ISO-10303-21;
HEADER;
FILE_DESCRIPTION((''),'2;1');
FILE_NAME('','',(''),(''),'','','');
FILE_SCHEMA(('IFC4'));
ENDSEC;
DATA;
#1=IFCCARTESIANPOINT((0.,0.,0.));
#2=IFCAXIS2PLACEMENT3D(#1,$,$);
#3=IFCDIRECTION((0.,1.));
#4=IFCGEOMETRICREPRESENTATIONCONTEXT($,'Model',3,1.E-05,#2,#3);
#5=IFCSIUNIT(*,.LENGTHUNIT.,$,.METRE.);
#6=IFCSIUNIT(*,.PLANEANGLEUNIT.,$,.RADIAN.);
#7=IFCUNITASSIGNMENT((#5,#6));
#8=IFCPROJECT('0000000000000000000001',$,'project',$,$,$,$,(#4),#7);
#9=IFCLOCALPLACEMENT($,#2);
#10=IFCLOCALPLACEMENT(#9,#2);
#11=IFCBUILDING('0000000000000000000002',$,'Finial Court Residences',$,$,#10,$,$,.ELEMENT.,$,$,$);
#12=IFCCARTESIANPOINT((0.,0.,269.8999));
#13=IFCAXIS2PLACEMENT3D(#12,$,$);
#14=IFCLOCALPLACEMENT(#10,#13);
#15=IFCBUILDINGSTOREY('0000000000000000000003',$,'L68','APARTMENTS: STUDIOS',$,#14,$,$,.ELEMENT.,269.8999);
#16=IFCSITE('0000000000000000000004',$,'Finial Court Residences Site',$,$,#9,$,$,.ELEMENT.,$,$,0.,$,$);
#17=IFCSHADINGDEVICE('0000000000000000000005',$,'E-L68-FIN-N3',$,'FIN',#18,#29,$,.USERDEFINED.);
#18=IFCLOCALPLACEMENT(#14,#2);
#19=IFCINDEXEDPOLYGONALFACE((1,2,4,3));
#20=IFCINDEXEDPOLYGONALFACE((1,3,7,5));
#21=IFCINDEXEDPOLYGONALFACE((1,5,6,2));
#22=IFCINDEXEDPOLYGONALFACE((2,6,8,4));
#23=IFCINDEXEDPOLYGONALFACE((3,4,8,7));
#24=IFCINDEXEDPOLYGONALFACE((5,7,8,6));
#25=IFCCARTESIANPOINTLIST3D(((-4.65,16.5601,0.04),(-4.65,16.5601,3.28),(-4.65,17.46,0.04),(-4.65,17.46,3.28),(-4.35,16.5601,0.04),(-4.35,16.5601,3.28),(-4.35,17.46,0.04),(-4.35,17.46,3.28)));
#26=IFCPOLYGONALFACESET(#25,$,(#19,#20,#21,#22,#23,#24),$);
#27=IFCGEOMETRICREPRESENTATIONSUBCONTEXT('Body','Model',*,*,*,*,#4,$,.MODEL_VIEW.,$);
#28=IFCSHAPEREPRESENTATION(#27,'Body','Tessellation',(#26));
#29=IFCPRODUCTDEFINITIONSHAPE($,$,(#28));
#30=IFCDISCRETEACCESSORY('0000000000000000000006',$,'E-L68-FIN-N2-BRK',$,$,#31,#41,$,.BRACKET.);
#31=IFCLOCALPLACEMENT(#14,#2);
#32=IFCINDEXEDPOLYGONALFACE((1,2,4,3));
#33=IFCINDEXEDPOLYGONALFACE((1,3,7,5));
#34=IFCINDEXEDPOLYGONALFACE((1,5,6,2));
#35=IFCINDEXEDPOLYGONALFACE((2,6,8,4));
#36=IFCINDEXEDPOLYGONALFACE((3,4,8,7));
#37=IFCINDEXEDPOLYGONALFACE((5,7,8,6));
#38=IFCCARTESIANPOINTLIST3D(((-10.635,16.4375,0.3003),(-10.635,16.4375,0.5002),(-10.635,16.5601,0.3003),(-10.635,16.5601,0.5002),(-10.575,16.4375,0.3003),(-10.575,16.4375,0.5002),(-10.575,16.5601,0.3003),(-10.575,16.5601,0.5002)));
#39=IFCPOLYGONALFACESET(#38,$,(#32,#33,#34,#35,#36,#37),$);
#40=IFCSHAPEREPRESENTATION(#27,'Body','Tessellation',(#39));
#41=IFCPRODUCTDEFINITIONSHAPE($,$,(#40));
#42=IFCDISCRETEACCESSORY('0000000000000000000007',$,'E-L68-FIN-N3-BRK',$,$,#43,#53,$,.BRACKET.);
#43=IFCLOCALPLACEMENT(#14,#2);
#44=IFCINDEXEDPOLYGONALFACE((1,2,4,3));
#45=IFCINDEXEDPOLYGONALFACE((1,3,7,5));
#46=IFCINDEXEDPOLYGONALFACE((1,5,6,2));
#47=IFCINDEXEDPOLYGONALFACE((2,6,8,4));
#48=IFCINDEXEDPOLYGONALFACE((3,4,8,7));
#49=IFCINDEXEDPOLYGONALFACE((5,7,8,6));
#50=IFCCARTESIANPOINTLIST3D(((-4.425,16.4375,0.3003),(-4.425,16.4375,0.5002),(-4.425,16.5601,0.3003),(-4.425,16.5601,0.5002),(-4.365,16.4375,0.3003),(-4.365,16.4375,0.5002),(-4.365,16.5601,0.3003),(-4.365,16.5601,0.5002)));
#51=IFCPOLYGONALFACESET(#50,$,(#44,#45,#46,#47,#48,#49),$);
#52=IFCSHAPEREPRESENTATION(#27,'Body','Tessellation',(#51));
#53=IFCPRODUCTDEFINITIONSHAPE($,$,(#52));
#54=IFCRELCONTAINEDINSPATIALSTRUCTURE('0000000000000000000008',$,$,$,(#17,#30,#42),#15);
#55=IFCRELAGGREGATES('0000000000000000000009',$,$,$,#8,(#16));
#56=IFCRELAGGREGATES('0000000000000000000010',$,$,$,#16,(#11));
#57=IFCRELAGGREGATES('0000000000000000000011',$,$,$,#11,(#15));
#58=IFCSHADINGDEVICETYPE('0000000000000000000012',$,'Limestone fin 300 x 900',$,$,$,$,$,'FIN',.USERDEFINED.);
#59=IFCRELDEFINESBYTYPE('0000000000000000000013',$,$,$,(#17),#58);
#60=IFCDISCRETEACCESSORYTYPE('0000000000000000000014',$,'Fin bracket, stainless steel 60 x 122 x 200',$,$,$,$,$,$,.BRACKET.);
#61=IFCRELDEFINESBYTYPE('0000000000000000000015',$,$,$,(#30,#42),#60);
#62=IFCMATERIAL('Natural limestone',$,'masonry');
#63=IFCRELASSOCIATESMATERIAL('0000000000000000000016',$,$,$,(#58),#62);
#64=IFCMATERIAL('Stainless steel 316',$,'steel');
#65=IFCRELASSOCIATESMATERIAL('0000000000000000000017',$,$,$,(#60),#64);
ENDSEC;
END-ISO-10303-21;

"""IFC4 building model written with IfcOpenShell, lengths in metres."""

from ifc_helpers import new_model, si_unit, direction, frame, origin, origin_2d, place, context, subcontext, project, spatial, rectangle, extrude, material, type_object, element, save


model = new_model("IFC4")

# Units and contexts
model_context = context("Model", 3, precision=1e-05, world=origin(), true_north=direction((0.0, 1.0)))
body_context = subcontext(model_context, "Body", "Model", "MODEL_VIEW")
ifc_project = project(units=[si_unit("LENGTHUNIT", "METRE"), si_unit("PLANEANGLEUNIT", "RADIAN")], contexts=[model_context])

# Site, building, storey
site_placement = place(None, origin())
site = spatial("IfcSite", under=ifc_project, at=site_placement, Name="Finial Court Residences Site", CompositionType="ELEMENT", RefElevation=0.0)
building_placement = place(site_placement, origin())
building = spatial("IfcBuilding", under=site, at=building_placement, Name="Finial Court Residences", CompositionType="ELEMENT")
storey_placement = place(building_placement, frame((0.0, 0.0, 269.8999)))
storey = spatial("IfcBuildingStorey", under=building, at=storey_placement, Name="L68", Description="APARTMENTS: STUDIOS", CompositionType="ELEMENT", Elevation=269.8999)

# Shared definitions
ifc_material_1 = material(Name="Natural limestone", Category="masonry")

# Shading device
shading_device_type = type_object("IfcShadingDeviceType", Name="Limestone fin 300 x 900", ElementType="FIN", PredefinedType="USERDEFINED", material=ifc_material_1)
shading_device_1_placement = place(storey_placement, frame((-4.5, 17.01, 0.04), z_axis=(0.0, 0.0, 1.0), x_axis=(1.0, 0.0, 0.0)))
element("IfcShadingDevice", 1, at=shading_device_1_placement, inside=storey, type_object=shading_device_type, Name="E-L68-FIN-N3", ObjectType="FIN", PredefinedType="USERDEFINED", context=body_context, shape_type="SweptSolid", body=[
    extrude(rectangle(XDim=0.3, YDim=0.8999, at=origin_2d()), origin(), (0.0, 0.0, 1.0), 3.24),
])

# Discrete accessories
ifc_material_2 = material(Name="Stainless steel 316", Category="steel")
discrete_accessory_type = type_object("IfcDiscreteAccessoryType", Name="Fin bracket, stainless steel 60 x 122 x 200", PredefinedType="BRACKET", material=ifc_material_2)
for number, where, z_axis, x_axis, name in (
    (2, (-10.605, 16.4988, 0.3003), (0.0, 0.0, 1.0), (1.0, 0.0, 0.0), "E-L68-FIN-N2-BRK"),
    (3, (-4.395, 16.4988, 0.3003), (0.0, 0.0, 1.0), (1.0, 0.0, 0.0), "E-L68-FIN-N3-BRK"),
):
    element("IfcDiscreteAccessory", number, at=place(storey_placement, frame(where, z_axis=z_axis, x_axis=x_axis)), inside=storey, type_object=discrete_accessory_type, Name=name, PredefinedType="BRACKET", context=body_context, shape_type="SweptSolid", body=[
        extrude(rectangle(XDim=0.0601, YDim=0.1226, at=origin_2d()), origin(), (0.0, 0.0, 1.0), 0.2),
    ])

save(model, "model.ifc")
